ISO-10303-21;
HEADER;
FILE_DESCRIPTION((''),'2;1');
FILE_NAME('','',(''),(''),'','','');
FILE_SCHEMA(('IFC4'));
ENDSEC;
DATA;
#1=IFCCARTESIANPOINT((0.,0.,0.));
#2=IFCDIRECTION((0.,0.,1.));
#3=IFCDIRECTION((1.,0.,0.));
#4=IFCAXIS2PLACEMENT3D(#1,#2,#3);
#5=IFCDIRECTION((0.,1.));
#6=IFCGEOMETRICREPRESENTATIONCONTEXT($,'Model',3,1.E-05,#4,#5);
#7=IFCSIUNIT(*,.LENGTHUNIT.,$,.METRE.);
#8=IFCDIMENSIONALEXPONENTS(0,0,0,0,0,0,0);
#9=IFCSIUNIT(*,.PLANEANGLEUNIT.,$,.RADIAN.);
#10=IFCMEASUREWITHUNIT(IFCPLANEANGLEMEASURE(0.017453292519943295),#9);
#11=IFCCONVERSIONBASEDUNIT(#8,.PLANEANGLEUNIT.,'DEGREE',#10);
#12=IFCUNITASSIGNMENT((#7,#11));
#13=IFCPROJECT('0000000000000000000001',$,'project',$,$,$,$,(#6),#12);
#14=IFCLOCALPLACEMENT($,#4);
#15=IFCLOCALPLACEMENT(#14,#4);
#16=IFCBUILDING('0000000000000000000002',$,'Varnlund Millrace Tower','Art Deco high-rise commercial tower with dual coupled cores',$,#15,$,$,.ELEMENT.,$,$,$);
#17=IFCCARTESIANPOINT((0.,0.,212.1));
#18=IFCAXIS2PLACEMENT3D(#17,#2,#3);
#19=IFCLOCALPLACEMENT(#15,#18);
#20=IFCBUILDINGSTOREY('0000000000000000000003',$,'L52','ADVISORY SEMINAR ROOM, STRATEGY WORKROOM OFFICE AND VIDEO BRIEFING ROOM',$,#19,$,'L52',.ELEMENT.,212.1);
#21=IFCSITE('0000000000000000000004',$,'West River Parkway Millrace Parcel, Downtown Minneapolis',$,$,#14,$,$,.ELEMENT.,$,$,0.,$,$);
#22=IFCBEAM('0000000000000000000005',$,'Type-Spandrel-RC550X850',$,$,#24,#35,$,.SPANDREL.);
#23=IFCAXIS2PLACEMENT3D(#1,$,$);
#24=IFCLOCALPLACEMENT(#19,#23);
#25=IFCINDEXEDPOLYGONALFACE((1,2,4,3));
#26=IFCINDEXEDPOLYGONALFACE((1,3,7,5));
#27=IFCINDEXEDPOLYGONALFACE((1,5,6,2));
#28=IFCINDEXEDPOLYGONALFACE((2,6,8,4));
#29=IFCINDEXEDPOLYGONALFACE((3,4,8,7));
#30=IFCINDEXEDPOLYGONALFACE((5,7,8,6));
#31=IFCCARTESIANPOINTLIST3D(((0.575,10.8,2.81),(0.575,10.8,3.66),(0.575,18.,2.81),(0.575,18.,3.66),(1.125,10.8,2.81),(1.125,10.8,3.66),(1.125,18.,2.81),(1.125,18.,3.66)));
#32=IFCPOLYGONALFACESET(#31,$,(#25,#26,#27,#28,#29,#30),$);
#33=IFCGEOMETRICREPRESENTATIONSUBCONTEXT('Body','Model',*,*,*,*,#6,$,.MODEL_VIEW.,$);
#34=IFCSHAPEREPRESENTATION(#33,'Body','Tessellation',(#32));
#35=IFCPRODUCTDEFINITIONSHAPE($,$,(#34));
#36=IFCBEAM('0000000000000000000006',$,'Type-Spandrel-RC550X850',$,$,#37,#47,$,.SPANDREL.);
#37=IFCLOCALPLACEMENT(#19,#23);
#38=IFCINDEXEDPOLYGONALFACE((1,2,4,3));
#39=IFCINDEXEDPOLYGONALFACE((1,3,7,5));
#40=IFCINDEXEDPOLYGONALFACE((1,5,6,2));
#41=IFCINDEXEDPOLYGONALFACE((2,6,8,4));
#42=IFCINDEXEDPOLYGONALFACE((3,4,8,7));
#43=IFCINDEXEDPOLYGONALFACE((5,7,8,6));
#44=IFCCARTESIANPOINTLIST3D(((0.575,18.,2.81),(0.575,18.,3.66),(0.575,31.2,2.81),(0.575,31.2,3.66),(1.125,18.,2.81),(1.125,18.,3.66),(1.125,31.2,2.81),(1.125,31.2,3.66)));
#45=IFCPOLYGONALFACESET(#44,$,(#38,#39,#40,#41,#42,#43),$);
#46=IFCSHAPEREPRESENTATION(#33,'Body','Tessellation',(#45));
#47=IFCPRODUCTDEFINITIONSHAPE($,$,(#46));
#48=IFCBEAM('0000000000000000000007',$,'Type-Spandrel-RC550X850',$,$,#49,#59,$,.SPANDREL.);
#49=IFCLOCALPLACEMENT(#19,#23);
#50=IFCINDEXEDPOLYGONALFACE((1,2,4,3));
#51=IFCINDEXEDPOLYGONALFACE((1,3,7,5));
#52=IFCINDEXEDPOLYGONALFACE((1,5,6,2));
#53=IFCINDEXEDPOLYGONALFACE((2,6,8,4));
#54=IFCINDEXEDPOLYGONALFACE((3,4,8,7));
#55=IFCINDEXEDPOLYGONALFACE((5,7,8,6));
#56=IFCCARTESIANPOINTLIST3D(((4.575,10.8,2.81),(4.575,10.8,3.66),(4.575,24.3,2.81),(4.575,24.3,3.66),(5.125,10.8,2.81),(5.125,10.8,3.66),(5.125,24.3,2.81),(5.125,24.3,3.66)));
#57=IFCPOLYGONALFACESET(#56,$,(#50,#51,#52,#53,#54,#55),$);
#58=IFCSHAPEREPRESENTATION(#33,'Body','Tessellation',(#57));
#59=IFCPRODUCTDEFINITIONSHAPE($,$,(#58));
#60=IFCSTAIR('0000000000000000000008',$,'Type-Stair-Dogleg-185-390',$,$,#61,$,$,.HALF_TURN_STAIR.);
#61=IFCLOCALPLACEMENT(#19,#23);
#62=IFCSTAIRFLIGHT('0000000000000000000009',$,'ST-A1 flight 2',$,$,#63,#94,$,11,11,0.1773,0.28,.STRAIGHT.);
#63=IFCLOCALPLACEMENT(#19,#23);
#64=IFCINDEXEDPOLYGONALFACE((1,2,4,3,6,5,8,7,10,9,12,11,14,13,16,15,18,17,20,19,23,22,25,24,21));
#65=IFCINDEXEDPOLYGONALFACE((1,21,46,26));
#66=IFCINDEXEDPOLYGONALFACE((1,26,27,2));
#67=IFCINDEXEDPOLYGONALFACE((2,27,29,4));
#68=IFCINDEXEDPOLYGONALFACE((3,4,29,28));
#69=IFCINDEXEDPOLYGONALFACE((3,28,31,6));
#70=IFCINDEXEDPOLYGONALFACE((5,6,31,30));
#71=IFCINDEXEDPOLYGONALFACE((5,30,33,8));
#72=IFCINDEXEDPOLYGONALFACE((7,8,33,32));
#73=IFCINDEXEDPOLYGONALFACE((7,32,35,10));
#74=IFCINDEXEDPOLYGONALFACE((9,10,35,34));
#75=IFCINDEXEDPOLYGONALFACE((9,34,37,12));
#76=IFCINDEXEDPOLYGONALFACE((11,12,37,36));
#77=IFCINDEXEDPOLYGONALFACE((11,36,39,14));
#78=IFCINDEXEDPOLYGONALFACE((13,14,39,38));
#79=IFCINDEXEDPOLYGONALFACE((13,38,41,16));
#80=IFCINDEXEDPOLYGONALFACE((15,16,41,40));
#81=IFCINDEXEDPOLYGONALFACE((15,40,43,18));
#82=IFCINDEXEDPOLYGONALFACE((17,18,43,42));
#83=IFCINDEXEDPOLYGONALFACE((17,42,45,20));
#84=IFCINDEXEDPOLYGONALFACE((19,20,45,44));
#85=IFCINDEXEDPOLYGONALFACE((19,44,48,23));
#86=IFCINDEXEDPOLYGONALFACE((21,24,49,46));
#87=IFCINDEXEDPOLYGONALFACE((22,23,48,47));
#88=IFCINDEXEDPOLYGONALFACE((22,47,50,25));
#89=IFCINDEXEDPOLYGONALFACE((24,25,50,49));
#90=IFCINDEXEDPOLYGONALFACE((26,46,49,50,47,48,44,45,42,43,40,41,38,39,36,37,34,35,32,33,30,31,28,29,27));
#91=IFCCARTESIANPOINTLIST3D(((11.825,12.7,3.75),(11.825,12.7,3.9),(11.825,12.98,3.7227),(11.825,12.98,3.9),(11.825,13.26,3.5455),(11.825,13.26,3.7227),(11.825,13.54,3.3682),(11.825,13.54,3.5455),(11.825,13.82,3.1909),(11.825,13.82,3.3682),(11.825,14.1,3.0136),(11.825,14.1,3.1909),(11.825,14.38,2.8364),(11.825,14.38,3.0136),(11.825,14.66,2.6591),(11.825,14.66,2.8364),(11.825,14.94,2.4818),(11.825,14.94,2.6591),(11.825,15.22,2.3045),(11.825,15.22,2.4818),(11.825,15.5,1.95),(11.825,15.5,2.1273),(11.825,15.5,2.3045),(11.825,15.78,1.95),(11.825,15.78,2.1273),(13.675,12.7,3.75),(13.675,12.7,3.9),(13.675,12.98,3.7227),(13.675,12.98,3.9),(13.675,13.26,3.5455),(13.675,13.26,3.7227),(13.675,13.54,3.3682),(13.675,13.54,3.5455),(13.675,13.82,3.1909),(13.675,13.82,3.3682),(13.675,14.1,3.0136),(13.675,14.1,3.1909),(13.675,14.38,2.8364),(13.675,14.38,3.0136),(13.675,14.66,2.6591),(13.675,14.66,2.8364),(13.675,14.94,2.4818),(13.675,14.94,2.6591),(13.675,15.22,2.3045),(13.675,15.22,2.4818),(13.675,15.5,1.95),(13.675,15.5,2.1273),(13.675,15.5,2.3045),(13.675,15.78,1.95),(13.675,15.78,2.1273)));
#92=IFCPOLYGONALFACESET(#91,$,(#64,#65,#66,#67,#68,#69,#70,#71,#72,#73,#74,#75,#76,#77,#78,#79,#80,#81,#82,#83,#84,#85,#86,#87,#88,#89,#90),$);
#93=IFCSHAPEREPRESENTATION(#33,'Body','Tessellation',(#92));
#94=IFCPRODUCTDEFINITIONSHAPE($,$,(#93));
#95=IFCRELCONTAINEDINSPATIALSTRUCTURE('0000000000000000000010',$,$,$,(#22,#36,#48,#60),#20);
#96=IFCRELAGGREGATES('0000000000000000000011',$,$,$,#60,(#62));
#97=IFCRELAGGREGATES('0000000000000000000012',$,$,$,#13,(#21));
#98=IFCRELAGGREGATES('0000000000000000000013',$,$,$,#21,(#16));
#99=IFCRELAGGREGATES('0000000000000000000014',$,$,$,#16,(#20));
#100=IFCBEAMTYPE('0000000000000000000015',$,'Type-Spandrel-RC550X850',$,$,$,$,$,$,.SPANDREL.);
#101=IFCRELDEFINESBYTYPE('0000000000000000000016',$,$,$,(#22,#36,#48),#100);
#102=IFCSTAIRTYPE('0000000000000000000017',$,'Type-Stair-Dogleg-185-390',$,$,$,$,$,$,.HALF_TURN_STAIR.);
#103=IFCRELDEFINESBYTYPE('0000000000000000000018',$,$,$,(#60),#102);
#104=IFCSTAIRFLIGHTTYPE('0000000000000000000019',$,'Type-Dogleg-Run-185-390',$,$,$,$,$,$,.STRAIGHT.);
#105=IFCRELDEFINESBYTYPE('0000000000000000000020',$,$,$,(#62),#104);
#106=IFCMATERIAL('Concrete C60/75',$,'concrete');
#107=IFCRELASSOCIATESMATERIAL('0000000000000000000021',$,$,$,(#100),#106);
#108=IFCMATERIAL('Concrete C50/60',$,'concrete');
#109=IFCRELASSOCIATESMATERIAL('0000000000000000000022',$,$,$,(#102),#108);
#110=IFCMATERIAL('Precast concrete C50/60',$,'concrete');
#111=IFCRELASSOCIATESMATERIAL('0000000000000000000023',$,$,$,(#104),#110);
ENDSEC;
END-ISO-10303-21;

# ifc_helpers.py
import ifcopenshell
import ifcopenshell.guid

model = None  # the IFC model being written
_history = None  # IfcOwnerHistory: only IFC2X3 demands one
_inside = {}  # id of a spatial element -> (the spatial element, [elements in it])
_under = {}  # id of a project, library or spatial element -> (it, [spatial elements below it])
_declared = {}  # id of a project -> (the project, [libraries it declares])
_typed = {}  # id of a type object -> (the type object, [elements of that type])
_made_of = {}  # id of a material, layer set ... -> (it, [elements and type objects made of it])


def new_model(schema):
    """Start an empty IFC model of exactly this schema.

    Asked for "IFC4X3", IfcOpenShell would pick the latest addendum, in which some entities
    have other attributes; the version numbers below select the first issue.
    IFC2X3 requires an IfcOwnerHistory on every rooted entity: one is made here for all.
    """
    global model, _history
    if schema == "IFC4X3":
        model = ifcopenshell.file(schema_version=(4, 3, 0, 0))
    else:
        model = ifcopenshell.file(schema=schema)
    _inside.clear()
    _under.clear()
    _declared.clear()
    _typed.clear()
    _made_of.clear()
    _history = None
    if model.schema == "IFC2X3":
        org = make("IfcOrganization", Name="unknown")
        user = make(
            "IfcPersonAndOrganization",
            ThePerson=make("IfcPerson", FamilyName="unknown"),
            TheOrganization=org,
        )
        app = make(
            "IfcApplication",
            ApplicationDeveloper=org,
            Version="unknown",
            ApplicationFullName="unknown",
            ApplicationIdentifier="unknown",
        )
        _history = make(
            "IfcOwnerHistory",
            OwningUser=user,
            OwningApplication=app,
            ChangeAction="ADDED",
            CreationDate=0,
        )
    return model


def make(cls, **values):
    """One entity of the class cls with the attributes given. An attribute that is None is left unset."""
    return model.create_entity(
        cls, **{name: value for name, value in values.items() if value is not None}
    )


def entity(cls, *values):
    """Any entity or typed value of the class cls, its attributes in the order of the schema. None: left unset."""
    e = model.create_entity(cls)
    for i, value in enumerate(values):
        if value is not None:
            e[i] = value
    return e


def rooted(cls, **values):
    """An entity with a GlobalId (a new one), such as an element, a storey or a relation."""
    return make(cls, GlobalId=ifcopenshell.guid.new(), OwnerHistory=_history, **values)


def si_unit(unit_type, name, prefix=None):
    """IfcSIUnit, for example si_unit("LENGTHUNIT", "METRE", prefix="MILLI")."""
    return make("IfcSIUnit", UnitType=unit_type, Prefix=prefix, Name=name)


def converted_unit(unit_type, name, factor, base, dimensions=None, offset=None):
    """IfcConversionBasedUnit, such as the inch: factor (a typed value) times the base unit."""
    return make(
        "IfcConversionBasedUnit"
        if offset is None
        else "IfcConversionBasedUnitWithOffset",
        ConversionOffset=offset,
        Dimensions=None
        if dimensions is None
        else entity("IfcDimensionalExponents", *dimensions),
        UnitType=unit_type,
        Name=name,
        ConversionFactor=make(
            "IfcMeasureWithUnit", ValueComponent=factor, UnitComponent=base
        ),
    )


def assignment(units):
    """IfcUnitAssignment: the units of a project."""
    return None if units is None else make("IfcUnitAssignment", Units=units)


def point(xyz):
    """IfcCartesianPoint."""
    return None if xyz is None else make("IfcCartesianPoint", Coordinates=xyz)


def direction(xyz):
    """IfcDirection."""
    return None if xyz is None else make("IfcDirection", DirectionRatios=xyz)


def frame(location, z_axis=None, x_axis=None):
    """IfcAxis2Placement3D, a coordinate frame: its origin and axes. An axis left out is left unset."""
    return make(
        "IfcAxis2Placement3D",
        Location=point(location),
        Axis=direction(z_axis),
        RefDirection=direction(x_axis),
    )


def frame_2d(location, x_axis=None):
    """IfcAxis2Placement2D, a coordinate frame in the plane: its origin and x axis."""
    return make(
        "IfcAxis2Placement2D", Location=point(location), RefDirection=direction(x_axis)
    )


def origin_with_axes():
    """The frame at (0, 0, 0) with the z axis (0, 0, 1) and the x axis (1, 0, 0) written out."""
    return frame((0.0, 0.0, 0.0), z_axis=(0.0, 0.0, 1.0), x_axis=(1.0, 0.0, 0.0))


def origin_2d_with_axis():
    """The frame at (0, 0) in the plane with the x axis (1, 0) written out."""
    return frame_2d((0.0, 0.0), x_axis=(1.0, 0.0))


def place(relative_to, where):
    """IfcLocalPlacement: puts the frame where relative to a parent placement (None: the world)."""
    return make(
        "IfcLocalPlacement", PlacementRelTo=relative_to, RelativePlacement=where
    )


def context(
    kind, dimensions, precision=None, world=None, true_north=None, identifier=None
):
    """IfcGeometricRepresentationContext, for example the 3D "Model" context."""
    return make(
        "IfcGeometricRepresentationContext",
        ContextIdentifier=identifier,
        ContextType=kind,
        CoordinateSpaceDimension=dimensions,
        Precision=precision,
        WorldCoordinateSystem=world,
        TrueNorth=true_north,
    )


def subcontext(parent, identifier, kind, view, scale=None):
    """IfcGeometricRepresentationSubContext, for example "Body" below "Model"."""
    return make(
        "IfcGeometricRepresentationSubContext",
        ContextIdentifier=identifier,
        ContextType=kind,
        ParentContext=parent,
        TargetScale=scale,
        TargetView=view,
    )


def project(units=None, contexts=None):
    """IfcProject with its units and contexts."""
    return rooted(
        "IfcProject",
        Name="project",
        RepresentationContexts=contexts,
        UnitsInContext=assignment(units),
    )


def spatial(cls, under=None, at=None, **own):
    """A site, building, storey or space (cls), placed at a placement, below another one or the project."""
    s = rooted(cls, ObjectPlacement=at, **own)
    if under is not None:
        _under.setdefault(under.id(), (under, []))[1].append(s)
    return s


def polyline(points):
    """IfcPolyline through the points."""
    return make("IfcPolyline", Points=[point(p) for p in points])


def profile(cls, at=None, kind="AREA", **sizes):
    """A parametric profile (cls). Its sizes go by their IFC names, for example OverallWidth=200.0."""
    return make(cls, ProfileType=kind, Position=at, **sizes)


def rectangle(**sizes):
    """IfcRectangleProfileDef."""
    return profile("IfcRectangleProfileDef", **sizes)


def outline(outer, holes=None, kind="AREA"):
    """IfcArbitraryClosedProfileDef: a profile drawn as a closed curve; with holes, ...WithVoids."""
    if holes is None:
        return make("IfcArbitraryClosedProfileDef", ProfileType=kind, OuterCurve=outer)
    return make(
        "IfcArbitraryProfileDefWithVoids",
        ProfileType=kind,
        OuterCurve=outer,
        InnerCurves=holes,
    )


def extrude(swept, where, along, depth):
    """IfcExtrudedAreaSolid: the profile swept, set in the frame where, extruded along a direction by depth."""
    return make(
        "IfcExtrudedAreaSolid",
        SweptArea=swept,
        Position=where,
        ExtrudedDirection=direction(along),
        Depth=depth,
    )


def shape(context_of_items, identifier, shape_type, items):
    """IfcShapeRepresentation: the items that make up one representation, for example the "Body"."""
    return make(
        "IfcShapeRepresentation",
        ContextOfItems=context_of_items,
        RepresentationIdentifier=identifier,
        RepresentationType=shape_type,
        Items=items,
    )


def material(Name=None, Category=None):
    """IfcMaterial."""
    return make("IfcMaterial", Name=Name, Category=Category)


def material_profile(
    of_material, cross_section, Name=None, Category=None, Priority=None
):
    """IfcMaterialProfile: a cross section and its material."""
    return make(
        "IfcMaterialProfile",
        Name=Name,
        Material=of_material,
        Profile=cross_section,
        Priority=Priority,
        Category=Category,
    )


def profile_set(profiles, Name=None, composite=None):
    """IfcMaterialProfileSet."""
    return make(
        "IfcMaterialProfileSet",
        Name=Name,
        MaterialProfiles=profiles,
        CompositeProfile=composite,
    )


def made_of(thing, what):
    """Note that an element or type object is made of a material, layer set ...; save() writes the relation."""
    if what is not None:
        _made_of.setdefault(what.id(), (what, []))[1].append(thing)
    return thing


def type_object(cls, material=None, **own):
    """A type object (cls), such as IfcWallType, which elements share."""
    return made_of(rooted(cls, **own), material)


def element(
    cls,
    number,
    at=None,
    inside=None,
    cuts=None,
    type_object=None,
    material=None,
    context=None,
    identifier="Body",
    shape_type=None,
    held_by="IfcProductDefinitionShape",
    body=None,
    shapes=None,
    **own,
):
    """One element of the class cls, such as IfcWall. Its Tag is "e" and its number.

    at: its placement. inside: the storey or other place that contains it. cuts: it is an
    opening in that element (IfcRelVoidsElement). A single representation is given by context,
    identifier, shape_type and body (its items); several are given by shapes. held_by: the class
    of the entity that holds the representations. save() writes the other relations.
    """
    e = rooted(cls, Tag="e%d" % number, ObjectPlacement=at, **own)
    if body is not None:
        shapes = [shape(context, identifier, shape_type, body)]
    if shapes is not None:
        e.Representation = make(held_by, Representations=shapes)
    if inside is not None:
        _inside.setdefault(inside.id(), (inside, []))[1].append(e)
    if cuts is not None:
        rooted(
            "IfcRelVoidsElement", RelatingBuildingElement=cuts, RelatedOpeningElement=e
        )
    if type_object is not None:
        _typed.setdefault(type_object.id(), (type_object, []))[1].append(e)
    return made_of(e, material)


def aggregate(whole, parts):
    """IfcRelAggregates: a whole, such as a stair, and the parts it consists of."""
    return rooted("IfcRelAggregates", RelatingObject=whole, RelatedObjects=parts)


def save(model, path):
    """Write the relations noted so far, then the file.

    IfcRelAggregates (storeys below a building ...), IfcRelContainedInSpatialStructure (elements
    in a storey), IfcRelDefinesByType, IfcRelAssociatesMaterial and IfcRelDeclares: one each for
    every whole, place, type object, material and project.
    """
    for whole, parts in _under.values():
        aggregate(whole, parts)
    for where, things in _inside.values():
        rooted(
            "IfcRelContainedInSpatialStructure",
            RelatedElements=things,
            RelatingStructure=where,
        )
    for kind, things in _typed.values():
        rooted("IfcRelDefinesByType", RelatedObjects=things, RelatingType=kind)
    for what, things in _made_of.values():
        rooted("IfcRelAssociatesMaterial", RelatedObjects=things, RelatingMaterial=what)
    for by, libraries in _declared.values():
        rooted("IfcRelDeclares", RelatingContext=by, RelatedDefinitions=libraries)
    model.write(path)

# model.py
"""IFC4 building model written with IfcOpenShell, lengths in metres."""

from ifc_helpers import new_model, entity, si_unit, converted_unit, direction, frame, origin_with_axes, origin_2d_with_axis, place, context, subcontext, project, spatial, polyline, rectangle, outline, extrude, material, material_profile, profile_set, type_object, element, aggregate, save


model = new_model("IFC4")

# Units and contexts
model_context = context("Model", 3, precision=1e-05, world=origin_with_axes(), true_north=direction((0.0, 1.0)))
body_context = subcontext(model_context, "Body", "Model", "MODEL_VIEW")
ifc_project = project(units=[si_unit("LENGTHUNIT", "METRE"), converted_unit("PLANEANGLEUNIT", "DEGREE", entity("IfcPlaneAngleMeasure", 0.017453292519943295), si_unit("PLANEANGLEUNIT", "RADIAN"), dimensions=[0, 0, 0, 0, 0, 0, 0])], contexts=[model_context])

# Site, building, storey
site_placement = place(None, origin_with_axes())
site = spatial("IfcSite", under=ifc_project, at=site_placement, Name="West River Parkway Millrace Parcel, Downtown Minneapolis", CompositionType="ELEMENT", RefElevation=0.0)
building_placement = place(site_placement, origin_with_axes())
building = spatial("IfcBuilding", under=site, at=building_placement, Name="Varnlund Millrace Tower", Description="Art Deco high-rise commercial tower with dual coupled cores", CompositionType="ELEMENT")
storey_placement = place(building_placement, frame((0.0, 0.0, 212.1), z_axis=(0.0, 0.0, 1.0), x_axis=(1.0, 0.0, 0.0)))
storey = spatial("IfcBuildingStorey", under=building, at=storey_placement, Name="L52", Description="ADVISORY SEMINAR ROOM, STRATEGY WORKROOM OFFICE AND VIDEO BRIEFING ROOM", LongName="L52", CompositionType="ELEMENT", Elevation=212.1)

# Beams
ifc_material_1 = material(Name="Concrete C60/75", Category="concrete")
ifc_material_profile_1 = material_profile(ifc_material_1, rectangle(XDim=0.55, YDim=0.85, at=origin_2d_with_axis()), Name="Concrete C60/75")
ifc_profile_set_1 = profile_set([ifc_material_profile_1], Name="Concrete C60/75")
beam_type_1 = type_object("IfcBeamType", Name="Type-Spandrel-RC550X850", PredefinedType="SPANDREL", material=ifc_profile_set_1)
beam_1_placement = place(storey_placement, frame((0.85, 10.8, 3.235), z_axis=(0.0, 1.0, 0.0), x_axis=(-1.0, 0.0, 0.0)))
element("IfcBeam", 1, at=beam_1_placement, inside=storey, type_object=beam_type_1, Name="Type-Spandrel-RC550X850", PredefinedType="SPANDREL", context=body_context, shape_type="SweptSolid", body=[
    extrude(rectangle(XDim=0.55, YDim=0.85, at=origin_2d_with_axis()), origin_with_axes(), (0.0, 0.0, 1.0), 7.2),
])
beam_2_placement = place(storey_placement, frame((0.85, 18.0, 3.235), z_axis=(0.0, 1.0, 0.0), x_axis=(-1.0, 0.0, 0.0)))
element("IfcBeam", 2, at=beam_2_placement, inside=storey, type_object=beam_type_1, Name="Type-Spandrel-RC550X850", PredefinedType="SPANDREL", context=body_context, shape_type="SweptSolid", body=[
    extrude(rectangle(XDim=0.55, YDim=0.85, at=origin_2d_with_axis()), origin_with_axes(), (0.0, 0.0, 1.0), 13.2),
])
beam_3_placement = place(storey_placement, frame((4.85, 10.8, 3.235), z_axis=(0.0, 1.0, 0.0), x_axis=(-1.0, 0.0, 0.0)))
element("IfcBeam", 3, at=beam_3_placement, inside=storey, type_object=beam_type_1, Name="Type-Spandrel-RC550X850", PredefinedType="SPANDREL", context=body_context, shape_type="SweptSolid", body=[
    extrude(rectangle(XDim=0.55, YDim=0.85, at=origin_2d_with_axis()), origin_with_axes(), (0.0, 0.0, 1.0), 13.5),
])

# Stair, stair flight
ifc_material_2 = material(Name="Concrete C50/60", Category="concrete")
stair_type = type_object("IfcStairType", Name="Type-Stair-Dogleg-185-390", PredefinedType="HALF_TURN_STAIR", material=ifc_material_2)
stair_placement = place(storey_placement, origin_with_axes())
stair = element("IfcStair", 4, at=stair_placement, inside=storey, type_object=stair_type, Name="Type-Stair-Dogleg-185-390", PredefinedType="HALF_TURN_STAIR")
ifc_material_3 = material(Name="Precast concrete C50/60", Category="concrete")
stair_flight_type = type_object("IfcStairFlightType", Name="Type-Dogleg-Run-185-390", PredefinedType="STRAIGHT", material=ifc_material_3)
stair_flight_placement = place(storey_placement, frame((13.675, 15.78, 1.95), z_axis=(-1.0, 0.0, 0.0), x_axis=(0.0, -1.0, 0.0)))
stair_flight = element("IfcStairFlight", 5, at=stair_flight_placement, type_object=stair_flight_type, Name="ST-A1 flight 2", NumberOfRisers=11, NumberOfTreads=11, PredefinedType="STRAIGHT", RiserHeight=0.1773, TreadLength=0.28, context=body_context, shape_type="SweptSolid", body=[
    extrude(outline(polyline([(0.0, 0.0), (0.0, 0.1773), (0.28, 0.1773), (0.28, 0.3545), (0.56, 0.3545), (0.56, 0.5318), (0.84, 0.5318), (0.84, 0.7091), (1.12, 0.7091), (1.12, 0.8864), (1.4, 0.8864), (1.4, 1.0636), (1.68, 1.0636), (1.68, 1.2409), (1.96, 1.2409), (1.96, 1.4182), (2.24, 1.4182), (2.24, 1.5955), (2.52, 1.5955), (2.52, 1.7727), (2.8, 1.7727), (2.8, 1.95), (3.08, 1.95), (3.08, 1.8), (0.28, 0.0), (0.0, 0.0)])), origin_with_axes(), (0.0, 0.0, 1.0), 1.85),
])
aggregate(stair, [stair_flight])

save(model, "model.ifc")
